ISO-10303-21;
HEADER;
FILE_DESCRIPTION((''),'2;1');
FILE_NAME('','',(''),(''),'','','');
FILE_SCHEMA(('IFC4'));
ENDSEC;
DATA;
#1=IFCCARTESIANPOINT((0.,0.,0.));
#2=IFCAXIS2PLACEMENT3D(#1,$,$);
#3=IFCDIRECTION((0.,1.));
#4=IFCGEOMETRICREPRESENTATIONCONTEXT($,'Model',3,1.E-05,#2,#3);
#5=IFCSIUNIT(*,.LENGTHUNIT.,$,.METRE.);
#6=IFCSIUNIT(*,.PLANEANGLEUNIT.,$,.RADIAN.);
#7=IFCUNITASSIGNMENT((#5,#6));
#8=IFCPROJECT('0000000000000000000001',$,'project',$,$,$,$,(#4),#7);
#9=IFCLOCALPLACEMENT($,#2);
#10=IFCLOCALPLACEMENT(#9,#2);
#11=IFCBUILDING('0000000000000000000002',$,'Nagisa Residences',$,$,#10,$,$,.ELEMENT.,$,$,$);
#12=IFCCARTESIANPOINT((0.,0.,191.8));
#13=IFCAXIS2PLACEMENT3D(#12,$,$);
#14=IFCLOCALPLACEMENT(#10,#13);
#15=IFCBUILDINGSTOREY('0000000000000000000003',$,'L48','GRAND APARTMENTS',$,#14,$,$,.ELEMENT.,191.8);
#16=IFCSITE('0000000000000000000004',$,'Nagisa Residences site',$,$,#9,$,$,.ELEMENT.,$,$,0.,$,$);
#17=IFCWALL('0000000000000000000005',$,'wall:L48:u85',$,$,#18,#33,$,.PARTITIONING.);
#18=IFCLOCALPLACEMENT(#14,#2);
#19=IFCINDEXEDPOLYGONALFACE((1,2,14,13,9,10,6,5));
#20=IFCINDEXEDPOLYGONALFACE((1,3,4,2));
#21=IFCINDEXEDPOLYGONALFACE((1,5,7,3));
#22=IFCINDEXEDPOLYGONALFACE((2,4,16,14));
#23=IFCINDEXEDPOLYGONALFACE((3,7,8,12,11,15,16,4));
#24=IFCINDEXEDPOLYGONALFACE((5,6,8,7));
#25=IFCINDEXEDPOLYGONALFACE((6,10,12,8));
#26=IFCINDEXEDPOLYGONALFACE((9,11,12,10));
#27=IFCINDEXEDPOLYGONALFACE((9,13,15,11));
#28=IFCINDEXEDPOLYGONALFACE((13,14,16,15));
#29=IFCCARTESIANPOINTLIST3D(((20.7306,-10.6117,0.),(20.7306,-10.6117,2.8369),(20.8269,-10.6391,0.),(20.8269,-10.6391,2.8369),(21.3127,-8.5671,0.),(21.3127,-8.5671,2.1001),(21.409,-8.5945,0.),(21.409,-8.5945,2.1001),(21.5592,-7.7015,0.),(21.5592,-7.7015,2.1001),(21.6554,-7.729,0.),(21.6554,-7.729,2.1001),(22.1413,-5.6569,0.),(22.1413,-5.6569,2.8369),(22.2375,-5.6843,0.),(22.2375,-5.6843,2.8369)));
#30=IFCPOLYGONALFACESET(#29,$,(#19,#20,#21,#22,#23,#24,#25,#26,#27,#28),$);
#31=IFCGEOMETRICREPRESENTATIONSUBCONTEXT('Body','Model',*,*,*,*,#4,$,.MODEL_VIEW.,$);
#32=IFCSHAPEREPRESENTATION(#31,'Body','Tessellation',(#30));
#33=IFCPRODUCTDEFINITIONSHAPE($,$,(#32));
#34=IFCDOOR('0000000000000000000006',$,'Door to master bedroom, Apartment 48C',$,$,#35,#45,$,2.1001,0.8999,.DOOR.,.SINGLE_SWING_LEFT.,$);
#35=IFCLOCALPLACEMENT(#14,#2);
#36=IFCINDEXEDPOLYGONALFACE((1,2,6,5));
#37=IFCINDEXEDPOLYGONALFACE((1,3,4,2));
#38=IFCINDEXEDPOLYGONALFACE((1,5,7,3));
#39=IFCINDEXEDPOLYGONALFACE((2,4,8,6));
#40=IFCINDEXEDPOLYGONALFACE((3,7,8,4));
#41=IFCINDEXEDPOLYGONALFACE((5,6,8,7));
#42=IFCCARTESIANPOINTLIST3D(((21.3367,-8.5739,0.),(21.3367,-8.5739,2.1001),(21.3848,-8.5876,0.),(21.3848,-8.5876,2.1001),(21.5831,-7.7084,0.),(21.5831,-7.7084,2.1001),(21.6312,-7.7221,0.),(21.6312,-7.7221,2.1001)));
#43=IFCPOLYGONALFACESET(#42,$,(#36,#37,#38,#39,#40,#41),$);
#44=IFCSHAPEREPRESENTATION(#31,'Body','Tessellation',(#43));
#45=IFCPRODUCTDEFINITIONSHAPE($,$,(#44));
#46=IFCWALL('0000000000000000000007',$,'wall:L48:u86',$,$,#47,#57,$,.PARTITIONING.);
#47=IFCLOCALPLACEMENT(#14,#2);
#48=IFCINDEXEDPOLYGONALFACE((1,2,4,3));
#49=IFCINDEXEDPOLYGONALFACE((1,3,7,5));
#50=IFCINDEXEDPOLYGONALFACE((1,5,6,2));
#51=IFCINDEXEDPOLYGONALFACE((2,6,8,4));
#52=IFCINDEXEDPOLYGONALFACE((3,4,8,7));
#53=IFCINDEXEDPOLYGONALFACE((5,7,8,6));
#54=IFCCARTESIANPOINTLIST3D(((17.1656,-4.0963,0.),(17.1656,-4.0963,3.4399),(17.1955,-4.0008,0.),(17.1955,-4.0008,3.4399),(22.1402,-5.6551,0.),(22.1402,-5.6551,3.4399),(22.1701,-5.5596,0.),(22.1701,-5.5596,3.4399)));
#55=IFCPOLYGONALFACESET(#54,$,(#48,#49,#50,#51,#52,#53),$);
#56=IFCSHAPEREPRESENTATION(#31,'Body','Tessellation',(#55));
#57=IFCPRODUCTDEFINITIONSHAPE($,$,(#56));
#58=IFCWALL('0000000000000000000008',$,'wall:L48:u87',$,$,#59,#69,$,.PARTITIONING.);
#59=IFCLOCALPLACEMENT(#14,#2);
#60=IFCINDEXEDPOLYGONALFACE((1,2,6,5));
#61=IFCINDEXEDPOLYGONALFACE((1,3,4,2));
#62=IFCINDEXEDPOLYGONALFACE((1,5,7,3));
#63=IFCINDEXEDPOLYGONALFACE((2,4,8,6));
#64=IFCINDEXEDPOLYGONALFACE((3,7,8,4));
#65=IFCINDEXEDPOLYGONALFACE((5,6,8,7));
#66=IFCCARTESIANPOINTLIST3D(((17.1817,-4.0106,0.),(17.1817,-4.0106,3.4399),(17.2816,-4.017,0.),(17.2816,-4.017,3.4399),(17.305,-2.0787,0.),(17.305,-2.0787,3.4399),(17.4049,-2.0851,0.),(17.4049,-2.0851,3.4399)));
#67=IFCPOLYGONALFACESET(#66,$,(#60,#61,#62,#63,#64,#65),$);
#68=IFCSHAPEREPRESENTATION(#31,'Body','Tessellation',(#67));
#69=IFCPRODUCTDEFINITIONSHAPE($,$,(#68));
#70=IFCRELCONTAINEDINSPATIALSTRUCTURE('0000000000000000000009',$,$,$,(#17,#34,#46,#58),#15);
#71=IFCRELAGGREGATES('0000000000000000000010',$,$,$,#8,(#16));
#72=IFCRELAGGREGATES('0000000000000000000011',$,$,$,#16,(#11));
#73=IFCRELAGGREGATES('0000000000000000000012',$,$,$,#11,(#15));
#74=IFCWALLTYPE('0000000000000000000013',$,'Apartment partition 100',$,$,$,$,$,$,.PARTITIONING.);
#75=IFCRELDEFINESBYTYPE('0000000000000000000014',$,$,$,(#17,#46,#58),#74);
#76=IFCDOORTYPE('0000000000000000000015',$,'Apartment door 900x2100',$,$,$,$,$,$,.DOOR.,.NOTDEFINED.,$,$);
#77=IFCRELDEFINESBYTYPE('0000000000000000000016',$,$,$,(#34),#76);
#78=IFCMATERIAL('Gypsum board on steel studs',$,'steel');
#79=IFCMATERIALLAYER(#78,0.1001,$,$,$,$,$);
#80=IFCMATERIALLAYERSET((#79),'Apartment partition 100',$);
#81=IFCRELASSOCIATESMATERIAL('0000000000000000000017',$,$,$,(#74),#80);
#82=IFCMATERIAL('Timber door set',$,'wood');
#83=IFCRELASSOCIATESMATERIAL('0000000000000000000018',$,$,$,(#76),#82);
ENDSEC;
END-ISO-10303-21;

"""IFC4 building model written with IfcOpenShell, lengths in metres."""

from ifc_helpers import new_model, si_unit, direction, frame, frame_2d, origin, place, context, subcontext, project, spatial, rectangle, extrude, material, layer, layer_set, type_object, element, fill, save


model = new_model("IFC4")

# Units and contexts
model_context = context("Model", 3, precision=1e-05, world=origin(), true_north=direction((0.0, 1.0)))
body_context = subcontext(model_context, "Body", "Model", "MODEL_VIEW")
ifc_project = project(units=[si_unit("LENGTHUNIT", "METRE"), si_unit("PLANEANGLEUNIT", "RADIAN")], contexts=[model_context])

# Site, building, storey
site_placement = place(None, origin())
site = spatial("IfcSite", under=ifc_project, at=site_placement, Name="Nagisa Residences site", CompositionType="ELEMENT", RefElevation=0.0)
building_placement = place(site_placement, origin())
building = spatial("IfcBuilding", under=site, at=building_placement, Name="Nagisa Residences", CompositionType="ELEMENT")
storey_placement = place(building_placement, frame((0.0, 0.0, 191.8)))
storey = spatial("IfcBuildingStorey", under=building, at=storey_placement, Name="L48", Description="GRAND APARTMENTS", CompositionType="ELEMENT", Elevation=191.8)

# Shared definitions
ifc_material_1 = material(Name="Gypsum board on steel studs", Category="steel")
ifc_layer_1 = layer(ifc_material_1, 0.1001)
ifc_layer_set_1 = layer_set([ifc_layer_1], Name="Apartment partition 100")
wall_type_1 = type_object("IfcWallType", Name="Apartment partition 100", PredefinedType="PARTITIONING", material=ifc_layer_set_1)

# Wall, opening, door
ifc_material_2 = material(Name="Timber door set", Category="wood")
door_type_1 = type_object("IfcDoorType", Name="Apartment door 900x2100", OperationType="NOTDEFINED", PredefinedType="DOOR", material=ifc_material_2)
wall_1_placement = place(storey_placement, frame((20.7788, -10.6252, 0.0), z_axis=(0.0, 0.0, 1.0), x_axis=(0.27382, 0.961781, 0.0)))
wall_1 = element("IfcWall", 1, at=wall_1_placement, inside=storey, type_object=wall_type_1, Name="wall:L48:u85", PredefinedType="PARTITIONING", context=body_context, shape_type="SweptSolid", body=[
    extrude(rectangle(XDim=5.1516, YDim=0.1001, at=frame_2d((2.5757, 0.0))), origin(), (0.0, 0.0, 1.0), 2.8369),
])
opening_1_placement = place(wall_1_placement, frame((2.1257, 0.0, 0.0)))
opening_1 = element("IfcOpeningElement", 2, at=opening_1_placement, cuts=wall_1, PredefinedType="OPENING", context=body_context, shape_type="SweptSolid", body=[
    extrude(rectangle(XDim=0.8999, YDim=2.1001, at=frame_2d((0.45, 1.05))), frame((0.0, 0.0601, 0.0), z_axis=(0.0, -1.0, 0.0), x_axis=(1.0, 0.0, 0.0)), (0.0, 0.0, 1.0), 0.1201),
])
door_1_placement = place(opening_1_placement, frame((0.8999, 0.0, 0.0), x_axis=(-1.0, 0.0, 0.0)))
door_1 = element("IfcDoor", 3, at=door_1_placement, inside=storey, type_object=door_type_1, Name="Door to master bedroom, Apartment 48C", OperationType="SINGLE_SWING_LEFT", OverallHeight=2.1001, OverallWidth=0.8999, PredefinedType="DOOR", context=body_context, shape_type="SweptSolid", body=[
    extrude(rectangle(XDim=0.8999, YDim=2.1001, at=frame_2d((0.45, 1.05))), frame((0.0, 0.0249, 0.0), z_axis=(0.0, -1.0, 0.0), x_axis=(1.0, 0.0, 0.0)), (0.0, 0.0, 1.0), 0.05),
])
fill(opening_1, door_1)

# Walls
wall_2_placement = place(storey_placement, frame((17.1807, -4.0486, 0.0), z_axis=(0.0, 0.0, 1.0), x_axis=(0.954246, -0.299022, 0.0)))
element("IfcWall", 4, at=wall_2_placement, inside=storey, type_object=wall_type_1, Name="wall:L48:u86", PredefinedType="PARTITIONING", context=body_context, shape_type="SweptSolid", body=[
    extrude(rectangle(XDim=5.2131, YDim=0.1001, at=frame_2d((2.6064, 0.0))), origin(), (0.0, 0.0, 1.0), 3.4399),
])
wall_3_placement = place(storey_placement, frame((17.2317, -4.0137, 0.0), z_axis=(0.0, 0.0, 1.0), x_axis=(0.063689, 0.99797, 0.0)))
element("IfcWall", 5, at=wall_3_placement, inside=storey, type_object=wall_type_1, Name="wall:L48:u87", PredefinedType="PARTITIONING", context=body_context, shape_type="SweptSolid", body=[
    extrude(rectangle(XDim=1.9358, YDim=0.1001, at=frame_2d((0.9678, 0.0))), origin(), (0.0, 0.0, 1.0), 3.4399),
])

save(model, "model.ifc")
